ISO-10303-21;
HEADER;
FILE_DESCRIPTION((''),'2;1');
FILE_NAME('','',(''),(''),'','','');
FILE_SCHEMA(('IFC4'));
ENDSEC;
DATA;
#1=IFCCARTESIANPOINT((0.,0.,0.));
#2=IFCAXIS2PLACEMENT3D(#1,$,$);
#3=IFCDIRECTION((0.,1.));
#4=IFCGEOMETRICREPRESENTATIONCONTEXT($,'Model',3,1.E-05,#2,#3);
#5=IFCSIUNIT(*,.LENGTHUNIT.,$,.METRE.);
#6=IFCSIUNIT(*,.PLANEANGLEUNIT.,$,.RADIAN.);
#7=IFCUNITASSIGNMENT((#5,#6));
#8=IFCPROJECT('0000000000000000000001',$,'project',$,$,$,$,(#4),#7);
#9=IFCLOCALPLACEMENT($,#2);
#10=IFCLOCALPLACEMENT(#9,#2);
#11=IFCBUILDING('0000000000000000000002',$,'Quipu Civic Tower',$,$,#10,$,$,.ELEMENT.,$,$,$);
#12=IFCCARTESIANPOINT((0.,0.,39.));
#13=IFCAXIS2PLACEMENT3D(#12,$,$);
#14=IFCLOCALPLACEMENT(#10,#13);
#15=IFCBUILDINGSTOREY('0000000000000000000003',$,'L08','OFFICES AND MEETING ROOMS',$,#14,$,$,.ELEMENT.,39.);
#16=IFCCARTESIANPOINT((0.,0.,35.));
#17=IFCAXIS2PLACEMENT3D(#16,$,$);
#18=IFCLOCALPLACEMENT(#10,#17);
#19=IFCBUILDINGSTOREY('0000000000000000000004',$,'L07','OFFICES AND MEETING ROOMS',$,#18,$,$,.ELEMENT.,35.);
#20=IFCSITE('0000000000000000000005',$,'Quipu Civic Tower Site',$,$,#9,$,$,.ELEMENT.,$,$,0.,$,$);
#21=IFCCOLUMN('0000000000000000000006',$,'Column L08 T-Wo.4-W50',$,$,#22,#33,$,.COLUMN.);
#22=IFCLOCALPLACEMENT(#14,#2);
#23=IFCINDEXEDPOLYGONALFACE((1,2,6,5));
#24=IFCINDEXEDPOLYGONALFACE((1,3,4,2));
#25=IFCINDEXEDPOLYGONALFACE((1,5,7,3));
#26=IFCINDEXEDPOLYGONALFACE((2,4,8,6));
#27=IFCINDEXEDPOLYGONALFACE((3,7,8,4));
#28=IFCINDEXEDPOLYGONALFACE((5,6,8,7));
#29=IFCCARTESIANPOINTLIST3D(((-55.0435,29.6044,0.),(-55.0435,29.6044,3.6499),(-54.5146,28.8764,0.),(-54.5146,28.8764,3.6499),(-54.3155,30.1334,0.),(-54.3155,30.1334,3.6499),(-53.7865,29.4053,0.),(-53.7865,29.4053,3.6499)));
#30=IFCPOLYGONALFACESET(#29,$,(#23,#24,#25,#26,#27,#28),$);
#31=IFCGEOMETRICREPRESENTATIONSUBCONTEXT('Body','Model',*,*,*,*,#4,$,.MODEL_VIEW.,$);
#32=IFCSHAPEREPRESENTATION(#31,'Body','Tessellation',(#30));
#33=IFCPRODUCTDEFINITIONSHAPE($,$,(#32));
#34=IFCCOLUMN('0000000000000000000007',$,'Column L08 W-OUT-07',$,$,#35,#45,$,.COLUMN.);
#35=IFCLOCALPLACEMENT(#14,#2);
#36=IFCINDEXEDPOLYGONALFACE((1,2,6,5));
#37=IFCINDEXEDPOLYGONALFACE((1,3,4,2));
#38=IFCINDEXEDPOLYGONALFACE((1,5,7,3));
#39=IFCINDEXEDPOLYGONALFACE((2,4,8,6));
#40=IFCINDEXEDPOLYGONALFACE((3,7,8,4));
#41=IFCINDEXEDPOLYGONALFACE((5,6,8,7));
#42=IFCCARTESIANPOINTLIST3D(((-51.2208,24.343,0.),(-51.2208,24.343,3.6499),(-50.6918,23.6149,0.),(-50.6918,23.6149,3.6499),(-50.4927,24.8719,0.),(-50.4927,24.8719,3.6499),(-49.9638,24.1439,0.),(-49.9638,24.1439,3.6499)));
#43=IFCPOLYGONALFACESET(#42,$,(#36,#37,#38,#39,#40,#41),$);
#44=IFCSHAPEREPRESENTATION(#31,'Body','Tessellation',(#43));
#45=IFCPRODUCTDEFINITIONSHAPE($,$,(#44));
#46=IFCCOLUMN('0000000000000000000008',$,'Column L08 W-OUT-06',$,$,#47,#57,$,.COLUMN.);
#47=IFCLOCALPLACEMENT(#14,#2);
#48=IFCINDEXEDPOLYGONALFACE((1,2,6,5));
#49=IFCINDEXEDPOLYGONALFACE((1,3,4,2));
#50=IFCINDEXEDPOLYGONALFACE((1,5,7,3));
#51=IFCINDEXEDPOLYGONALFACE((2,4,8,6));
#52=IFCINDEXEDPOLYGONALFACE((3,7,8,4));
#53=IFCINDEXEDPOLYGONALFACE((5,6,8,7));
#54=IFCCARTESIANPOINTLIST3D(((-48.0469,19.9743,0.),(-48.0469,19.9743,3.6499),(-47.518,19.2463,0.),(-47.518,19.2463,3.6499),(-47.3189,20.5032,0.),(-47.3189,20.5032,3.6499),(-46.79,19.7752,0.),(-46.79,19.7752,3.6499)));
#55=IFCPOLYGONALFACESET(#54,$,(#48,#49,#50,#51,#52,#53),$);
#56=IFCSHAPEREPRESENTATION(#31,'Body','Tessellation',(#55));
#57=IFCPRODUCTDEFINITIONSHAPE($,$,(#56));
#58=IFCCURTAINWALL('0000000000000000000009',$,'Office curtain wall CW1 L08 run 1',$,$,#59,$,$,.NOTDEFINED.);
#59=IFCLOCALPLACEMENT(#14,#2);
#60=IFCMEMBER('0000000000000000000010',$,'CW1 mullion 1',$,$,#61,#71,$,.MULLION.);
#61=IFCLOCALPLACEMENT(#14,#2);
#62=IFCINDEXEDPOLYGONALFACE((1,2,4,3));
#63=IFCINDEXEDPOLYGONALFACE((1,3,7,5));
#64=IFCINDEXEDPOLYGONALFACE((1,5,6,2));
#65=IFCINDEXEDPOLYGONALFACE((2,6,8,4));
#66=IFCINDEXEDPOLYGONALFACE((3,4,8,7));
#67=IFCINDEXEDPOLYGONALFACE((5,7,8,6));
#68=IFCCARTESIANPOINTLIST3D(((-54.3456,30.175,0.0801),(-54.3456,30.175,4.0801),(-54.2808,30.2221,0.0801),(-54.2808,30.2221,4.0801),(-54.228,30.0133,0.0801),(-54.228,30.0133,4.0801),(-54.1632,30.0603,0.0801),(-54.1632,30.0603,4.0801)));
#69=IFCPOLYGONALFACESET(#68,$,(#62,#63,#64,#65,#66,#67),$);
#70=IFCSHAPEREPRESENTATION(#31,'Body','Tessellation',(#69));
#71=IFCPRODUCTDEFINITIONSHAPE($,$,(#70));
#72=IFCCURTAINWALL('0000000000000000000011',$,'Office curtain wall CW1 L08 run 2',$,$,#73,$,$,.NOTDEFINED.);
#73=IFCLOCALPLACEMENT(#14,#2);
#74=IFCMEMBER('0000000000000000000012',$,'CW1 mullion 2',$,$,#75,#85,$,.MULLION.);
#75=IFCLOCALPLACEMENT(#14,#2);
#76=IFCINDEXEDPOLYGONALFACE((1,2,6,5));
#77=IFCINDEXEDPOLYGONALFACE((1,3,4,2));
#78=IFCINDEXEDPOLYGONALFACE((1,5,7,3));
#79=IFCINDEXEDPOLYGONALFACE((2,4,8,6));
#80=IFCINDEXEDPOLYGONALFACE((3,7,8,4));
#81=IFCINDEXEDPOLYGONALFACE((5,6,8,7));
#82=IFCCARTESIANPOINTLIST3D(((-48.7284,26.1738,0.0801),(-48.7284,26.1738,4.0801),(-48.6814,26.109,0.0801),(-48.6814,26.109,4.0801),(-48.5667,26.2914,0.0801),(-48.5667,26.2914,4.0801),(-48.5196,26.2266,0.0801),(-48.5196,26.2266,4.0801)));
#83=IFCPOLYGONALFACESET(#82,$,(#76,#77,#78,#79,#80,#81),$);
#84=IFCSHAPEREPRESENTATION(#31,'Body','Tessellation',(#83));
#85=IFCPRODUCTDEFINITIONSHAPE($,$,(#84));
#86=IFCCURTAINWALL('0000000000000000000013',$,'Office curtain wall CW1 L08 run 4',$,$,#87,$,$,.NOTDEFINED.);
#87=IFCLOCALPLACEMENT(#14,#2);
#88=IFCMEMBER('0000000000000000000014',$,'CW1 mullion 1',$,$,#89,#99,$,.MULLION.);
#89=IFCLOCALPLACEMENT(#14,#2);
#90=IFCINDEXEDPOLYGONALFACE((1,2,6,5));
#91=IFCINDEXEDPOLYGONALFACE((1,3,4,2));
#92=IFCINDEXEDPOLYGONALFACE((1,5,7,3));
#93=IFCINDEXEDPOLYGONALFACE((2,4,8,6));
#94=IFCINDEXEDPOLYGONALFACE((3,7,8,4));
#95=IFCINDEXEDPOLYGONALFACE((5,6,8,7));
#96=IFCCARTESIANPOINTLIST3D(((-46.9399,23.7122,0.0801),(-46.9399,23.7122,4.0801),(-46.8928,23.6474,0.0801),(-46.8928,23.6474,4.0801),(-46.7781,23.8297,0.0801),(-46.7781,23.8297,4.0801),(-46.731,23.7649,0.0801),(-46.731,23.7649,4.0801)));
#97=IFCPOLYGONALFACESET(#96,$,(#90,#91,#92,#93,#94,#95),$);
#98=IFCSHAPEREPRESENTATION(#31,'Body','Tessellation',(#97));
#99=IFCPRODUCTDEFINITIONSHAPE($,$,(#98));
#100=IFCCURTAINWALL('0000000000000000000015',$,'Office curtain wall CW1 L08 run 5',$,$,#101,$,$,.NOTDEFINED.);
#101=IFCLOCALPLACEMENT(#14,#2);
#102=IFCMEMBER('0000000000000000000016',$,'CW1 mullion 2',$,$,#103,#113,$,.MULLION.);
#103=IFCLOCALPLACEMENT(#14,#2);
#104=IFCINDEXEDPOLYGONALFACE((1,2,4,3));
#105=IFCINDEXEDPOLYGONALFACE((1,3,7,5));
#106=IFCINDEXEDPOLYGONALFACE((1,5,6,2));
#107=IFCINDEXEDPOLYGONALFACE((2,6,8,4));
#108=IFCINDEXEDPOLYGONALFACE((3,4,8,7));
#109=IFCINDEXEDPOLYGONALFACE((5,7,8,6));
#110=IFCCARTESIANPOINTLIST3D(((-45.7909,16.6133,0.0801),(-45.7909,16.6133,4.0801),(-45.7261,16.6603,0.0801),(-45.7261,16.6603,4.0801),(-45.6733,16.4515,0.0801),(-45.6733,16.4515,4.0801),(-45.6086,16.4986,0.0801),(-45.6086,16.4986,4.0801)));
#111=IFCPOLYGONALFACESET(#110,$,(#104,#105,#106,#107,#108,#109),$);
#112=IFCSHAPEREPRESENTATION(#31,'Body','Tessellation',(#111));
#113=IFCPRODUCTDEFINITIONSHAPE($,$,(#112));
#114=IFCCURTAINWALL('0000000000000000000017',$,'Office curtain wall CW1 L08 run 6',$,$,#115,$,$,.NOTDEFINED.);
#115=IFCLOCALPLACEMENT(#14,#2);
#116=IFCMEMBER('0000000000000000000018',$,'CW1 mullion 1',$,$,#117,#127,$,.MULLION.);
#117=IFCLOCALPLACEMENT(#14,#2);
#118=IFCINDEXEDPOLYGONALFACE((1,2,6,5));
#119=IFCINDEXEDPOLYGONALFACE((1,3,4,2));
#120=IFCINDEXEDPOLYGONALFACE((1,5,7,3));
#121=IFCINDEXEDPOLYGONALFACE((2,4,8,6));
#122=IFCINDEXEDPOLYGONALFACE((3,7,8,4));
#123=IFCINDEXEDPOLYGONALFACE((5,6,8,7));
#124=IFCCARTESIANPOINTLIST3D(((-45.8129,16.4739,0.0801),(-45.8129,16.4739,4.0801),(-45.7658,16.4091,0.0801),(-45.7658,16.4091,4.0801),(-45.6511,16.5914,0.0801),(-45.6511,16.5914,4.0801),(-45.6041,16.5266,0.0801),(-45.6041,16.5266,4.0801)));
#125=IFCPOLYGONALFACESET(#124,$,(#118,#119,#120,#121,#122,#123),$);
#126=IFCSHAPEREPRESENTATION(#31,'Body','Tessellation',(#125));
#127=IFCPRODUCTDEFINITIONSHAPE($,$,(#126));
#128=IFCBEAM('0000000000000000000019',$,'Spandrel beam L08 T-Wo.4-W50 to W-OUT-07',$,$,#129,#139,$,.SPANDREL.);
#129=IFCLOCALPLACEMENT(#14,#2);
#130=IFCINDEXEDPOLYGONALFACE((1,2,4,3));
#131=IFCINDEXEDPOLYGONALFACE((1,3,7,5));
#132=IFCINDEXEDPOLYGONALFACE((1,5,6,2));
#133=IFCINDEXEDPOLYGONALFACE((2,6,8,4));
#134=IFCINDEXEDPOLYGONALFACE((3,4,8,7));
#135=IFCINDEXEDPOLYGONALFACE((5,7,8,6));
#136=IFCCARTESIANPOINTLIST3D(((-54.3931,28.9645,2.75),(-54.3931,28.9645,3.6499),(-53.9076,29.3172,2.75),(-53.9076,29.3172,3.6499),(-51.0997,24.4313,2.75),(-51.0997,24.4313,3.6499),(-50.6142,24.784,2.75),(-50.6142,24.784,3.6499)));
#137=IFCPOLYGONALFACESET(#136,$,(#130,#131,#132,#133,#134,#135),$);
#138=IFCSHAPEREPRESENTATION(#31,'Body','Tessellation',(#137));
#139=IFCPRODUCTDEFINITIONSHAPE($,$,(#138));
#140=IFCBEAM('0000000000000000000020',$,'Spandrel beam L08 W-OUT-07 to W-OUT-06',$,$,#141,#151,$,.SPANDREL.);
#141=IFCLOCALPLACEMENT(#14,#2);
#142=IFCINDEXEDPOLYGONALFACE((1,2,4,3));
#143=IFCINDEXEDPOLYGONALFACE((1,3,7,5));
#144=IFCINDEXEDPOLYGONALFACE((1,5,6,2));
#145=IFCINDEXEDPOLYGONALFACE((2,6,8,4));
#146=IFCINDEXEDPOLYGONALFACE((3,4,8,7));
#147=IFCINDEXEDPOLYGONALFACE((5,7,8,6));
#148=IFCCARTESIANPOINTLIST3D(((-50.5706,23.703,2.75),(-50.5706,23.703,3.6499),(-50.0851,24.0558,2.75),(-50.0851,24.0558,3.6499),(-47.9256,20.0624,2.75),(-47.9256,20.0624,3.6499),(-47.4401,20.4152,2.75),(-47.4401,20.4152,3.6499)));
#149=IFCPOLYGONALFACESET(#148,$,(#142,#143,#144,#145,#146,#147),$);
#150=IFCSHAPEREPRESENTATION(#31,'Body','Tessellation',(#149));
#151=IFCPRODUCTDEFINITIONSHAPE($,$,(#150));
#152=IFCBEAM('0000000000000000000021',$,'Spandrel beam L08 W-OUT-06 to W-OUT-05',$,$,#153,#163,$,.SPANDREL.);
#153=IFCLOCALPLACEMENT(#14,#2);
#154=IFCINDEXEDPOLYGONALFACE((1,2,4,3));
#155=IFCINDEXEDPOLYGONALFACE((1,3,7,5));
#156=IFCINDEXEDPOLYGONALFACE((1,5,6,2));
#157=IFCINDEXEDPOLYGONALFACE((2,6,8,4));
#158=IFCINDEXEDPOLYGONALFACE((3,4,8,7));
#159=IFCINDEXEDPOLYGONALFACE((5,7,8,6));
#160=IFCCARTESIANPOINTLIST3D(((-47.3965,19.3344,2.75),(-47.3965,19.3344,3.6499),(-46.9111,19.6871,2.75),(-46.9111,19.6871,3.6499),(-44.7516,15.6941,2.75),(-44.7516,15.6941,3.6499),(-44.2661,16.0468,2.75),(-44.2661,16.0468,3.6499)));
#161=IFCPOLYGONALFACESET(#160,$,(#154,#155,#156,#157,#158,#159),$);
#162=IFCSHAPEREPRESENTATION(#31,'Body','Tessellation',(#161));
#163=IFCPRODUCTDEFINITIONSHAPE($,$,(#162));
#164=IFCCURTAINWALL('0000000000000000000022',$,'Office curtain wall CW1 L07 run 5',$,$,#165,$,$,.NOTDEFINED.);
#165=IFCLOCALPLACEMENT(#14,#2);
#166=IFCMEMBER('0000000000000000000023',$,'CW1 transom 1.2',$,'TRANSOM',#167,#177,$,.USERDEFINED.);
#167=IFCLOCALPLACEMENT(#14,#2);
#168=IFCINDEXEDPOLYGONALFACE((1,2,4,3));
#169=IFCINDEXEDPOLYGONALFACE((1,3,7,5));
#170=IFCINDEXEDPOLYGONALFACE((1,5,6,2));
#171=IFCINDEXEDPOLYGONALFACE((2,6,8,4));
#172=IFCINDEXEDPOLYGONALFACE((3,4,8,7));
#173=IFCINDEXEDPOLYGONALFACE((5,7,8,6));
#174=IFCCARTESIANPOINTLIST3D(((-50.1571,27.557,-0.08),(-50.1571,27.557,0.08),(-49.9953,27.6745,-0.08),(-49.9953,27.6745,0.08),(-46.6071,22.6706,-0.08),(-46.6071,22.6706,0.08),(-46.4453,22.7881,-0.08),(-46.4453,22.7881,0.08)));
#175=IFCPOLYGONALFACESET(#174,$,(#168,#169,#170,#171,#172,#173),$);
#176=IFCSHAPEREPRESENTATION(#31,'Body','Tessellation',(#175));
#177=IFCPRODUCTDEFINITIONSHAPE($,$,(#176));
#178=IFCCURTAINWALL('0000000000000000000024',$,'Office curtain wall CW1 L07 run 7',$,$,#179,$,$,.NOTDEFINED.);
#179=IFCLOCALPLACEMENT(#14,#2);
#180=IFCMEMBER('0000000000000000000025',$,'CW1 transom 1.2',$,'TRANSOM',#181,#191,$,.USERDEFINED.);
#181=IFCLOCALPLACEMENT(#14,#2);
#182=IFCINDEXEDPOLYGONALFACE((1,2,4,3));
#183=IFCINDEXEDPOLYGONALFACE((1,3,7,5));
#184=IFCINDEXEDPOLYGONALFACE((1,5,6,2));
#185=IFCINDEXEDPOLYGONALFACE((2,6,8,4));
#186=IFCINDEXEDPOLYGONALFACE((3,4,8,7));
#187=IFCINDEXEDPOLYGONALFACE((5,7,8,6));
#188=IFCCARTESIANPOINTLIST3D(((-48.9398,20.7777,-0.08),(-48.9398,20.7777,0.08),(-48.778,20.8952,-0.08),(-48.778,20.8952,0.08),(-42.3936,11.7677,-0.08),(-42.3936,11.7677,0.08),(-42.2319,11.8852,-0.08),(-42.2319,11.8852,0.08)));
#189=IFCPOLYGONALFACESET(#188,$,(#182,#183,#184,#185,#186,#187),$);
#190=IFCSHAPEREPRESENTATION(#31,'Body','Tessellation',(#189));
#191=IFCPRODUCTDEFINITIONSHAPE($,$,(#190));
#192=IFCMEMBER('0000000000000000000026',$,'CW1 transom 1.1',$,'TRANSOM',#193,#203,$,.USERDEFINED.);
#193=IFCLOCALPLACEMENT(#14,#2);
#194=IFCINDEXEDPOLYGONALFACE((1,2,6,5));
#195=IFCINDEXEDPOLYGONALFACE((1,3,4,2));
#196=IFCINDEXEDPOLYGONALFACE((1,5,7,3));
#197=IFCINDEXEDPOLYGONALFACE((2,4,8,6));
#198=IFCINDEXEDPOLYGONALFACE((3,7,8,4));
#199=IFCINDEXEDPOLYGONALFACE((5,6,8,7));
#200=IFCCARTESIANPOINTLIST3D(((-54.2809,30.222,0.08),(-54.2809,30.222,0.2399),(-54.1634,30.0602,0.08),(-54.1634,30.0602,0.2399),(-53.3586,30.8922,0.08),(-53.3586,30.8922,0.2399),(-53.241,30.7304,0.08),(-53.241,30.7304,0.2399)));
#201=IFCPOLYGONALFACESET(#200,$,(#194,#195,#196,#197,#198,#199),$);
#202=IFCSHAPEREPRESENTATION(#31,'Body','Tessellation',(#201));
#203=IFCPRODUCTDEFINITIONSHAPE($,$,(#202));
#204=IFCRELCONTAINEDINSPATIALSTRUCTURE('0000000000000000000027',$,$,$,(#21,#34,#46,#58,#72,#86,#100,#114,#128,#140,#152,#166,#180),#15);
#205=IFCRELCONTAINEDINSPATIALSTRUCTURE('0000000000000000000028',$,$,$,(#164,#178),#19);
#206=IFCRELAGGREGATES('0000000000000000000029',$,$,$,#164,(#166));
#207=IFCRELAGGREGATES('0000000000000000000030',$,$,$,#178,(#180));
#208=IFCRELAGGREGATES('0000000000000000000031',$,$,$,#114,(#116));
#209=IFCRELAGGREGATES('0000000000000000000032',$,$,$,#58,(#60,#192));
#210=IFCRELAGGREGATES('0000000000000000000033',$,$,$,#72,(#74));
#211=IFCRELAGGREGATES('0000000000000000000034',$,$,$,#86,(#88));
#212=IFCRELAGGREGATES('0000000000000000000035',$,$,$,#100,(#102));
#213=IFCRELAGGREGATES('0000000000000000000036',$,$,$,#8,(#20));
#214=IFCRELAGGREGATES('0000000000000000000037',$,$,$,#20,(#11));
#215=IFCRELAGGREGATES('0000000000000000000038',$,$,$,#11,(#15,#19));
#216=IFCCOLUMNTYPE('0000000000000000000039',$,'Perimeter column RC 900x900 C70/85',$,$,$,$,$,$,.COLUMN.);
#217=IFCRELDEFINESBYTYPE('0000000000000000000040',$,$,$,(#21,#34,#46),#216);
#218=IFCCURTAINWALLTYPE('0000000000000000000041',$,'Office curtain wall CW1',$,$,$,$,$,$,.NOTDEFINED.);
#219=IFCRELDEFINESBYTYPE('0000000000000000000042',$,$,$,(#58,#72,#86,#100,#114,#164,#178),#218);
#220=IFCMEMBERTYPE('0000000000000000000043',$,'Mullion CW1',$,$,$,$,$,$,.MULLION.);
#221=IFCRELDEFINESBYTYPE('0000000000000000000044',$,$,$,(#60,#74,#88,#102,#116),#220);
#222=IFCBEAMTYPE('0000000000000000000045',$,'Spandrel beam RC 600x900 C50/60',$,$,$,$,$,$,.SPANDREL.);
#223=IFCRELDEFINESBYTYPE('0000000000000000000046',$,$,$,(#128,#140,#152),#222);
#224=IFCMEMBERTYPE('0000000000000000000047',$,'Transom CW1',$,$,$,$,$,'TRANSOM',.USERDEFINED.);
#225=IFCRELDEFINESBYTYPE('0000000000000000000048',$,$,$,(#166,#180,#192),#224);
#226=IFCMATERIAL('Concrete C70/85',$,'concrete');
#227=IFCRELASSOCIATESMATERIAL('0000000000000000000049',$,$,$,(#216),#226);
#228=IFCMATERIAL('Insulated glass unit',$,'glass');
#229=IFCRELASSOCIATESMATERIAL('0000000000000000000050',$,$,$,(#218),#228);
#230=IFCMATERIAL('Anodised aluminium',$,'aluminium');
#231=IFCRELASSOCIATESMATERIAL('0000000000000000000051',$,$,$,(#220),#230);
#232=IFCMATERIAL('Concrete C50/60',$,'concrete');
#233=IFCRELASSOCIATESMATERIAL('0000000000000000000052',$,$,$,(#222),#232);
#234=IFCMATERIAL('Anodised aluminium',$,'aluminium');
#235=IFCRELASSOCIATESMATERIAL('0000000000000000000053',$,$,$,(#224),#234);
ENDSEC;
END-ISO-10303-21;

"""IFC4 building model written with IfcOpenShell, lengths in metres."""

from ifc_helpers import new_model, si_unit, direction, frame, origin, origin_2d, place, context, subcontext, project, spatial, rectangle, extrude, material, material_profile, profile_set, type_object, element, aggregate, save


model = new_model("IFC4")

# Units and contexts
model_context = context("Model", 3, precision=1e-05, world=origin(), true_north=direction((0.0, 1.0)))
body_context = subcontext(model_context, "Body", "Model", "MODEL_VIEW")
ifc_project = project(units=[si_unit("LENGTHUNIT", "METRE"), si_unit("PLANEANGLEUNIT", "RADIAN")], contexts=[model_context])

# Site, building, storey
site_placement = place(None, origin())
site = spatial("IfcSite", under=ifc_project, at=site_placement, Name="Quipu Civic Tower Site", CompositionType="ELEMENT", RefElevation=0.0)
building_placement = place(site_placement, origin())
building = spatial("IfcBuilding", under=site, at=building_placement, Name="Quipu Civic Tower", CompositionType="ELEMENT")
storey_1_placement = place(building_placement, frame((0.0, 0.0, 39.0)))
storey_1 = spatial("IfcBuildingStorey", under=building, at=storey_1_placement, Name="L08", Description="OFFICES AND MEETING ROOMS", CompositionType="ELEMENT", Elevation=39.0)

# Columns
ifc_material_1 = material(Name="Concrete C70/85", Category="concrete")
ifc_material_profile_1 = material_profile(ifc_material_1, rectangle(XDim=0.8999, YDim=0.8999, at=origin_2d()), Name="RC900x900")
ifc_profile_set_1 = profile_set([ifc_material_profile_1], Name="Concrete C70/85")
column_type = type_object("IfcColumnType", Name="Perimeter column RC 900x900 C70/85", PredefinedType="COLUMN", material=ifc_profile_set_1)
for number, where, z_axis, x_axis, name in (
    (1, (-54.415, 29.5049, 0.0), (0.0, 0.0, 1.0), (0.587785, -0.809017, 0.0), "Column L08 T-Wo.4-W50"),
    (2, (-50.5923, 24.2434, 0.0), (0.0, 0.0, 1.0), (0.587785, -0.809017, 0.0), "Column L08 W-OUT-07"),
    (3, (-47.4185, 19.8748, 0.0), (0.0, 0.0, 1.0), (0.587785, -0.809017, 0.0), "Column L08 W-OUT-06"),
):
    element("IfcColumn", number, at=place(storey_1_placement, frame(where, z_axis=z_axis, x_axis=x_axis)), inside=storey_1, type_object=column_type, Name=name, PredefinedType="COLUMN", context=body_context, shape_type="SweptSolid", body=[
        extrude(rectangle(XDim=0.8999, YDim=0.8999, at=origin_2d()), origin(), (0.0, 0.0, 1.0), 3.6499),
    ])

# Curtain walls, members
ifc_material_2 = material(Name="Insulated glass unit", Category="glass")
curtain_wall_type = type_object("IfcCurtainWallType", Name="Office curtain wall CW1", PredefinedType="NOTDEFINED", material=ifc_material_2)
curtain_wall_1_placement = place(storey_1_placement, origin())
curtain_wall_1 = element("IfcCurtainWall", 4, at=curtain_wall_1_placement, inside=storey_1, type_object=curtain_wall_type, Name="Office curtain wall CW1 L08 run 1", PredefinedType="NOTDEFINED")
ifc_material_3 = material(Name="Anodised aluminium", Category="aluminium")
ifc_material_profile_2 = material_profile(ifc_material_3, rectangle(XDim=0.2, YDim=0.0801, at=origin_2d()), Name="RECT 200x80")
ifc_profile_set_2 = profile_set([ifc_material_profile_2], Name="Anodised aluminium")
member_type_1 = type_object("IfcMemberType", Name="Mullion CW1", PredefinedType="MULLION", material=ifc_profile_set_2)
member_1_placement = place(storey_1_placement, frame((-54.2544, 30.1177, 0.0801), z_axis=(0.0, 0.0, 1.0), x_axis=(-0.587783, 0.809019, 0.0)))
member_1 = element("IfcMember", 5, at=member_1_placement, type_object=member_type_1, Name="CW1 mullion 1", PredefinedType="MULLION", context=body_context, shape_type="SweptSolid", body=[
    extrude(rectangle(XDim=0.2, YDim=0.0801, at=origin_2d()), origin(), (0.0, 0.0, 1.0), 4.0),
])
curtain_wall_2_placement = place(storey_1_placement, origin())
curtain_wall_2 = element("IfcCurtainWall", 6, at=curtain_wall_2_placement, inside=storey_1, type_object=curtain_wall_type, Name="Office curtain wall CW1 L08 run 2", PredefinedType="NOTDEFINED")
member_2_placement = place(storey_1_placement, frame((-48.624, 26.2002, 0.0801), z_axis=(0.0, 0.0, 1.0), x_axis=(0.809018, 0.587784, 0.0)))
member_2 = element("IfcMember", 7, at=member_2_placement, type_object=member_type_1, Name="CW1 mullion 2", PredefinedType="MULLION", context=body_context, shape_type="SweptSolid", body=[
    extrude(rectangle(XDim=0.2, YDim=0.0801, at=origin_2d()), origin(), (0.0, 0.0, 1.0), 4.0),
])
curtain_wall_3_placement = place(storey_1_placement, origin())
curtain_wall_3 = element("IfcCurtainWall", 8, at=curtain_wall_3_placement, inside=storey_1, type_object=curtain_wall_type, Name="Office curtain wall CW1 L08 run 4", PredefinedType="NOTDEFINED")
member_3_placement = place(storey_1_placement, frame((-46.8354, 23.7385, 0.0801), z_axis=(0.0, 0.0, 1.0), x_axis=(0.809021, 0.58778, 0.0)))
member_3 = element("IfcMember", 9, at=member_3_placement, type_object=member_type_1, Name="CW1 mullion 1", PredefinedType="MULLION", context=body_context, shape_type="SweptSolid", body=[
    extrude(rectangle(XDim=0.2, YDim=0.0801, at=origin_2d()), origin(), (0.0, 0.0, 1.0), 4.0),
])
curtain_wall_4_placement = place(storey_1_placement, origin())
curtain_wall_4 = element("IfcCurtainWall", 10, at=curtain_wall_4_placement, inside=storey_1, type_object=curtain_wall_type, Name="Office curtain wall CW1 L08 run 5", PredefinedType="NOTDEFINED")
member_4_placement = place(storey_1_placement, frame((-45.6997, 16.5559, 0.0801), z_axis=(0.0, 0.0, 1.0), x_axis=(0.587793, -0.809012, 0.0)))
member_4 = element("IfcMember", 11, at=member_4_placement, type_object=member_type_1, Name="CW1 mullion 2", PredefinedType="MULLION", context=body_context, shape_type="SweptSolid", body=[
    extrude(rectangle(XDim=0.2, YDim=0.0801, at=origin_2d()), origin(), (0.0, 0.0, 1.0), 4.0),
])
curtain_wall_5_placement = place(storey_1_placement, origin())
curtain_wall_5 = element("IfcCurtainWall", 12, at=curtain_wall_5_placement, inside=storey_1, type_object=curtain_wall_type, Name="Office curtain wall CW1 L08 run 6", PredefinedType="NOTDEFINED")
member_5_placement = place(storey_1_placement, frame((-45.7085, 16.5002, 0.0801), z_axis=(0.0, 0.0, 1.0), x_axis=(0.809016, 0.587787, 0.0)))
member_5 = element("IfcMember", 13, at=member_5_placement, type_object=member_type_1, Name="CW1 mullion 1", PredefinedType="MULLION", context=body_context, shape_type="SweptSolid", body=[
    extrude(rectangle(XDim=0.2, YDim=0.0801, at=origin_2d()), origin(), (0.0, 0.0, 1.0), 4.0),
])

# Beams
ifc_material_4 = material(Name="Concrete C50/60", Category="concrete")
ifc_material_profile_3 = material_profile(ifc_material_4, rectangle(XDim=0.6001, YDim=0.8999, at=origin_2d()), Name="RC600x900")
ifc_profile_set_3 = profile_set([ifc_material_profile_3], Name="Concrete C50/60")
beam_type = type_object("IfcBeamType", Name="Spandrel beam RC 600x900 C50/60", PredefinedType="SPANDREL", material=ifc_profile_set_3)
beam_1_placement = place(storey_1_placement, frame((-54.1504, 29.1409, 3.2), z_axis=(0.587773, -0.809026, 0.0), x_axis=(0.809026, 0.587773, 0.0)))
element("IfcBeam", 14, at=beam_1_placement, inside=storey_1, type_object=beam_type, Name="Spandrel beam L08 T-Wo.4-W50 to W-OUT-07", PredefinedType="SPANDREL", context=body_context, shape_type="SweptSolid", body=[
    extrude(rectangle(XDim=0.6001, YDim=0.8999, at=origin_2d()), origin(), (0.0, 0.0, 1.0), 5.6033),
])
beam_2_placement = place(storey_1_placement, frame((-50.3279, 23.8794, 3.2), z_axis=(0.587778, -0.809022, 0.0), x_axis=(0.809022, 0.587778, 0.0)))
element("IfcBeam", 15, at=beam_2_placement, inside=storey_1, type_object=beam_type, Name="Spandrel beam L08 W-OUT-07 to W-OUT-06", PredefinedType="SPANDREL", context=body_context, shape_type="SweptSolid", body=[
    extrude(rectangle(XDim=0.6001, YDim=0.8999, at=origin_2d()), origin(), (0.0, 0.0, 1.0), 4.5),
])
beam_3_placement = place(storey_1_placement, frame((-47.1538, 19.5107, 3.2), z_axis=(0.587804, -0.809003, 0.0), x_axis=(0.809003, 0.587804, 0.0)))
element("IfcBeam", 16, at=beam_3_placement, inside=storey_1, type_object=beam_type, Name="Spandrel beam L08 W-OUT-06 to W-OUT-05", PredefinedType="SPANDREL", context=body_context, shape_type="SweptSolid", body=[
    extrude(rectangle(XDim=0.6001, YDim=0.8999, at=origin_2d()), origin(), (0.0, 0.0, 1.0), 4.4998),
])

# Shared definitions
storey_2_placement = place(building_placement, frame((0.0, 0.0, 35.0)))
storey_2 = spatial("IfcBuildingStorey", under=building, at=storey_2_placement, Name="L07", Description="OFFICES AND MEETING ROOMS", CompositionType="ELEMENT", Elevation=35.0)

# Curtain walls, members
curtain_wall_6_placement = place(storey_2_placement, origin())
curtain_wall_6 = element("IfcCurtainWall", 17, at=curtain_wall_6_placement, inside=storey_2, type_object=curtain_wall_type, Name="Office curtain wall CW1 L07 run 5", PredefinedType="NOTDEFINED")
ifc_material_5 = material(Name="Anodised aluminium", Category="aluminium")
ifc_material_profile_4 = material_profile(ifc_material_5, rectangle(XDim=0.2, YDim=0.1599, at=origin_2d()), Name="RECT 200x160")
ifc_profile_set_4 = profile_set([ifc_material_profile_4], Name="Anodised aluminium")
member_type_2 = type_object("IfcMemberType", Name="Transom CW1", ElementType="TRANSOM", PredefinedType="USERDEFINED", material=ifc_profile_set_4)
member_6_placement = place(storey_1_placement, frame((-50.0762, 27.6157, 0.0), z_axis=(0.587765, -0.809031, 0.0), x_axis=(0.809031, 0.587765, 0.0)))
member_6 = element("IfcMember", 18, at=member_6_placement, inside=storey_1, type_object=member_type_2, Name="CW1 transom 1.2", ObjectType="TRANSOM", PredefinedType="USERDEFINED", context=body_context, shape_type="SweptSolid", body=[
    extrude(rectangle(XDim=0.2, YDim=0.1599, at=origin_2d()), origin(), (0.0, 0.0, 1.0), 6.0398),
])
aggregate(curtain_wall_6, [member_6])
curtain_wall_7_placement = place(storey_2_placement, origin())
curtain_wall_7 = element("IfcCurtainWall", 19, at=curtain_wall_7_placement, inside=storey_2, type_object=curtain_wall_type, Name="Office curtain wall CW1 L07 run 7", PredefinedType="NOTDEFINED")
member_7_placement = place(storey_1_placement, frame((-48.8589, 20.8364, 0.0), z_axis=(0.587785, -0.809018, 0.0), x_axis=(0.809018, 0.587785, 0.0)))
member_7 = element("IfcMember", 20, at=member_7_placement, inside=storey_1, type_object=member_type_2, Name="CW1 transom 1.2", ObjectType="TRANSOM", PredefinedType="USERDEFINED", context=body_context, shape_type="SweptSolid", body=[
    extrude(rectangle(XDim=0.2, YDim=0.1599, at=origin_2d()), origin(), (0.0, 0.0, 1.0), 11.137),
])
aggregate(curtain_wall_7, [member_7])

# Member
member_8_placement = place(storey_1_placement, frame((-54.2222, 30.1411, 0.1599), z_axis=(0.809005, 0.587802, 0.0), x_axis=(-0.587802, 0.809005, 0.0)))
member_8 = element("IfcMember", 21, at=member_8_placement, type_object=member_type_2, Name="CW1 transom 1.1", ObjectType="TRANSOM", PredefinedType="USERDEFINED", context=body_context, shape_type="SweptSolid", body=[
    extrude(rectangle(XDim=0.2, YDim=0.1599, at=origin_2d()), origin(), (0.0, 0.0, 1.0), 1.1401),
])
aggregate(curtain_wall_5, [member_5])

aggregate(curtain_wall_1, [member_1, member_8])
aggregate(curtain_wall_2, [member_2])
aggregate(curtain_wall_3, [member_3])
aggregate(curtain_wall_4, [member_4])

save(model, "model.ifc")
